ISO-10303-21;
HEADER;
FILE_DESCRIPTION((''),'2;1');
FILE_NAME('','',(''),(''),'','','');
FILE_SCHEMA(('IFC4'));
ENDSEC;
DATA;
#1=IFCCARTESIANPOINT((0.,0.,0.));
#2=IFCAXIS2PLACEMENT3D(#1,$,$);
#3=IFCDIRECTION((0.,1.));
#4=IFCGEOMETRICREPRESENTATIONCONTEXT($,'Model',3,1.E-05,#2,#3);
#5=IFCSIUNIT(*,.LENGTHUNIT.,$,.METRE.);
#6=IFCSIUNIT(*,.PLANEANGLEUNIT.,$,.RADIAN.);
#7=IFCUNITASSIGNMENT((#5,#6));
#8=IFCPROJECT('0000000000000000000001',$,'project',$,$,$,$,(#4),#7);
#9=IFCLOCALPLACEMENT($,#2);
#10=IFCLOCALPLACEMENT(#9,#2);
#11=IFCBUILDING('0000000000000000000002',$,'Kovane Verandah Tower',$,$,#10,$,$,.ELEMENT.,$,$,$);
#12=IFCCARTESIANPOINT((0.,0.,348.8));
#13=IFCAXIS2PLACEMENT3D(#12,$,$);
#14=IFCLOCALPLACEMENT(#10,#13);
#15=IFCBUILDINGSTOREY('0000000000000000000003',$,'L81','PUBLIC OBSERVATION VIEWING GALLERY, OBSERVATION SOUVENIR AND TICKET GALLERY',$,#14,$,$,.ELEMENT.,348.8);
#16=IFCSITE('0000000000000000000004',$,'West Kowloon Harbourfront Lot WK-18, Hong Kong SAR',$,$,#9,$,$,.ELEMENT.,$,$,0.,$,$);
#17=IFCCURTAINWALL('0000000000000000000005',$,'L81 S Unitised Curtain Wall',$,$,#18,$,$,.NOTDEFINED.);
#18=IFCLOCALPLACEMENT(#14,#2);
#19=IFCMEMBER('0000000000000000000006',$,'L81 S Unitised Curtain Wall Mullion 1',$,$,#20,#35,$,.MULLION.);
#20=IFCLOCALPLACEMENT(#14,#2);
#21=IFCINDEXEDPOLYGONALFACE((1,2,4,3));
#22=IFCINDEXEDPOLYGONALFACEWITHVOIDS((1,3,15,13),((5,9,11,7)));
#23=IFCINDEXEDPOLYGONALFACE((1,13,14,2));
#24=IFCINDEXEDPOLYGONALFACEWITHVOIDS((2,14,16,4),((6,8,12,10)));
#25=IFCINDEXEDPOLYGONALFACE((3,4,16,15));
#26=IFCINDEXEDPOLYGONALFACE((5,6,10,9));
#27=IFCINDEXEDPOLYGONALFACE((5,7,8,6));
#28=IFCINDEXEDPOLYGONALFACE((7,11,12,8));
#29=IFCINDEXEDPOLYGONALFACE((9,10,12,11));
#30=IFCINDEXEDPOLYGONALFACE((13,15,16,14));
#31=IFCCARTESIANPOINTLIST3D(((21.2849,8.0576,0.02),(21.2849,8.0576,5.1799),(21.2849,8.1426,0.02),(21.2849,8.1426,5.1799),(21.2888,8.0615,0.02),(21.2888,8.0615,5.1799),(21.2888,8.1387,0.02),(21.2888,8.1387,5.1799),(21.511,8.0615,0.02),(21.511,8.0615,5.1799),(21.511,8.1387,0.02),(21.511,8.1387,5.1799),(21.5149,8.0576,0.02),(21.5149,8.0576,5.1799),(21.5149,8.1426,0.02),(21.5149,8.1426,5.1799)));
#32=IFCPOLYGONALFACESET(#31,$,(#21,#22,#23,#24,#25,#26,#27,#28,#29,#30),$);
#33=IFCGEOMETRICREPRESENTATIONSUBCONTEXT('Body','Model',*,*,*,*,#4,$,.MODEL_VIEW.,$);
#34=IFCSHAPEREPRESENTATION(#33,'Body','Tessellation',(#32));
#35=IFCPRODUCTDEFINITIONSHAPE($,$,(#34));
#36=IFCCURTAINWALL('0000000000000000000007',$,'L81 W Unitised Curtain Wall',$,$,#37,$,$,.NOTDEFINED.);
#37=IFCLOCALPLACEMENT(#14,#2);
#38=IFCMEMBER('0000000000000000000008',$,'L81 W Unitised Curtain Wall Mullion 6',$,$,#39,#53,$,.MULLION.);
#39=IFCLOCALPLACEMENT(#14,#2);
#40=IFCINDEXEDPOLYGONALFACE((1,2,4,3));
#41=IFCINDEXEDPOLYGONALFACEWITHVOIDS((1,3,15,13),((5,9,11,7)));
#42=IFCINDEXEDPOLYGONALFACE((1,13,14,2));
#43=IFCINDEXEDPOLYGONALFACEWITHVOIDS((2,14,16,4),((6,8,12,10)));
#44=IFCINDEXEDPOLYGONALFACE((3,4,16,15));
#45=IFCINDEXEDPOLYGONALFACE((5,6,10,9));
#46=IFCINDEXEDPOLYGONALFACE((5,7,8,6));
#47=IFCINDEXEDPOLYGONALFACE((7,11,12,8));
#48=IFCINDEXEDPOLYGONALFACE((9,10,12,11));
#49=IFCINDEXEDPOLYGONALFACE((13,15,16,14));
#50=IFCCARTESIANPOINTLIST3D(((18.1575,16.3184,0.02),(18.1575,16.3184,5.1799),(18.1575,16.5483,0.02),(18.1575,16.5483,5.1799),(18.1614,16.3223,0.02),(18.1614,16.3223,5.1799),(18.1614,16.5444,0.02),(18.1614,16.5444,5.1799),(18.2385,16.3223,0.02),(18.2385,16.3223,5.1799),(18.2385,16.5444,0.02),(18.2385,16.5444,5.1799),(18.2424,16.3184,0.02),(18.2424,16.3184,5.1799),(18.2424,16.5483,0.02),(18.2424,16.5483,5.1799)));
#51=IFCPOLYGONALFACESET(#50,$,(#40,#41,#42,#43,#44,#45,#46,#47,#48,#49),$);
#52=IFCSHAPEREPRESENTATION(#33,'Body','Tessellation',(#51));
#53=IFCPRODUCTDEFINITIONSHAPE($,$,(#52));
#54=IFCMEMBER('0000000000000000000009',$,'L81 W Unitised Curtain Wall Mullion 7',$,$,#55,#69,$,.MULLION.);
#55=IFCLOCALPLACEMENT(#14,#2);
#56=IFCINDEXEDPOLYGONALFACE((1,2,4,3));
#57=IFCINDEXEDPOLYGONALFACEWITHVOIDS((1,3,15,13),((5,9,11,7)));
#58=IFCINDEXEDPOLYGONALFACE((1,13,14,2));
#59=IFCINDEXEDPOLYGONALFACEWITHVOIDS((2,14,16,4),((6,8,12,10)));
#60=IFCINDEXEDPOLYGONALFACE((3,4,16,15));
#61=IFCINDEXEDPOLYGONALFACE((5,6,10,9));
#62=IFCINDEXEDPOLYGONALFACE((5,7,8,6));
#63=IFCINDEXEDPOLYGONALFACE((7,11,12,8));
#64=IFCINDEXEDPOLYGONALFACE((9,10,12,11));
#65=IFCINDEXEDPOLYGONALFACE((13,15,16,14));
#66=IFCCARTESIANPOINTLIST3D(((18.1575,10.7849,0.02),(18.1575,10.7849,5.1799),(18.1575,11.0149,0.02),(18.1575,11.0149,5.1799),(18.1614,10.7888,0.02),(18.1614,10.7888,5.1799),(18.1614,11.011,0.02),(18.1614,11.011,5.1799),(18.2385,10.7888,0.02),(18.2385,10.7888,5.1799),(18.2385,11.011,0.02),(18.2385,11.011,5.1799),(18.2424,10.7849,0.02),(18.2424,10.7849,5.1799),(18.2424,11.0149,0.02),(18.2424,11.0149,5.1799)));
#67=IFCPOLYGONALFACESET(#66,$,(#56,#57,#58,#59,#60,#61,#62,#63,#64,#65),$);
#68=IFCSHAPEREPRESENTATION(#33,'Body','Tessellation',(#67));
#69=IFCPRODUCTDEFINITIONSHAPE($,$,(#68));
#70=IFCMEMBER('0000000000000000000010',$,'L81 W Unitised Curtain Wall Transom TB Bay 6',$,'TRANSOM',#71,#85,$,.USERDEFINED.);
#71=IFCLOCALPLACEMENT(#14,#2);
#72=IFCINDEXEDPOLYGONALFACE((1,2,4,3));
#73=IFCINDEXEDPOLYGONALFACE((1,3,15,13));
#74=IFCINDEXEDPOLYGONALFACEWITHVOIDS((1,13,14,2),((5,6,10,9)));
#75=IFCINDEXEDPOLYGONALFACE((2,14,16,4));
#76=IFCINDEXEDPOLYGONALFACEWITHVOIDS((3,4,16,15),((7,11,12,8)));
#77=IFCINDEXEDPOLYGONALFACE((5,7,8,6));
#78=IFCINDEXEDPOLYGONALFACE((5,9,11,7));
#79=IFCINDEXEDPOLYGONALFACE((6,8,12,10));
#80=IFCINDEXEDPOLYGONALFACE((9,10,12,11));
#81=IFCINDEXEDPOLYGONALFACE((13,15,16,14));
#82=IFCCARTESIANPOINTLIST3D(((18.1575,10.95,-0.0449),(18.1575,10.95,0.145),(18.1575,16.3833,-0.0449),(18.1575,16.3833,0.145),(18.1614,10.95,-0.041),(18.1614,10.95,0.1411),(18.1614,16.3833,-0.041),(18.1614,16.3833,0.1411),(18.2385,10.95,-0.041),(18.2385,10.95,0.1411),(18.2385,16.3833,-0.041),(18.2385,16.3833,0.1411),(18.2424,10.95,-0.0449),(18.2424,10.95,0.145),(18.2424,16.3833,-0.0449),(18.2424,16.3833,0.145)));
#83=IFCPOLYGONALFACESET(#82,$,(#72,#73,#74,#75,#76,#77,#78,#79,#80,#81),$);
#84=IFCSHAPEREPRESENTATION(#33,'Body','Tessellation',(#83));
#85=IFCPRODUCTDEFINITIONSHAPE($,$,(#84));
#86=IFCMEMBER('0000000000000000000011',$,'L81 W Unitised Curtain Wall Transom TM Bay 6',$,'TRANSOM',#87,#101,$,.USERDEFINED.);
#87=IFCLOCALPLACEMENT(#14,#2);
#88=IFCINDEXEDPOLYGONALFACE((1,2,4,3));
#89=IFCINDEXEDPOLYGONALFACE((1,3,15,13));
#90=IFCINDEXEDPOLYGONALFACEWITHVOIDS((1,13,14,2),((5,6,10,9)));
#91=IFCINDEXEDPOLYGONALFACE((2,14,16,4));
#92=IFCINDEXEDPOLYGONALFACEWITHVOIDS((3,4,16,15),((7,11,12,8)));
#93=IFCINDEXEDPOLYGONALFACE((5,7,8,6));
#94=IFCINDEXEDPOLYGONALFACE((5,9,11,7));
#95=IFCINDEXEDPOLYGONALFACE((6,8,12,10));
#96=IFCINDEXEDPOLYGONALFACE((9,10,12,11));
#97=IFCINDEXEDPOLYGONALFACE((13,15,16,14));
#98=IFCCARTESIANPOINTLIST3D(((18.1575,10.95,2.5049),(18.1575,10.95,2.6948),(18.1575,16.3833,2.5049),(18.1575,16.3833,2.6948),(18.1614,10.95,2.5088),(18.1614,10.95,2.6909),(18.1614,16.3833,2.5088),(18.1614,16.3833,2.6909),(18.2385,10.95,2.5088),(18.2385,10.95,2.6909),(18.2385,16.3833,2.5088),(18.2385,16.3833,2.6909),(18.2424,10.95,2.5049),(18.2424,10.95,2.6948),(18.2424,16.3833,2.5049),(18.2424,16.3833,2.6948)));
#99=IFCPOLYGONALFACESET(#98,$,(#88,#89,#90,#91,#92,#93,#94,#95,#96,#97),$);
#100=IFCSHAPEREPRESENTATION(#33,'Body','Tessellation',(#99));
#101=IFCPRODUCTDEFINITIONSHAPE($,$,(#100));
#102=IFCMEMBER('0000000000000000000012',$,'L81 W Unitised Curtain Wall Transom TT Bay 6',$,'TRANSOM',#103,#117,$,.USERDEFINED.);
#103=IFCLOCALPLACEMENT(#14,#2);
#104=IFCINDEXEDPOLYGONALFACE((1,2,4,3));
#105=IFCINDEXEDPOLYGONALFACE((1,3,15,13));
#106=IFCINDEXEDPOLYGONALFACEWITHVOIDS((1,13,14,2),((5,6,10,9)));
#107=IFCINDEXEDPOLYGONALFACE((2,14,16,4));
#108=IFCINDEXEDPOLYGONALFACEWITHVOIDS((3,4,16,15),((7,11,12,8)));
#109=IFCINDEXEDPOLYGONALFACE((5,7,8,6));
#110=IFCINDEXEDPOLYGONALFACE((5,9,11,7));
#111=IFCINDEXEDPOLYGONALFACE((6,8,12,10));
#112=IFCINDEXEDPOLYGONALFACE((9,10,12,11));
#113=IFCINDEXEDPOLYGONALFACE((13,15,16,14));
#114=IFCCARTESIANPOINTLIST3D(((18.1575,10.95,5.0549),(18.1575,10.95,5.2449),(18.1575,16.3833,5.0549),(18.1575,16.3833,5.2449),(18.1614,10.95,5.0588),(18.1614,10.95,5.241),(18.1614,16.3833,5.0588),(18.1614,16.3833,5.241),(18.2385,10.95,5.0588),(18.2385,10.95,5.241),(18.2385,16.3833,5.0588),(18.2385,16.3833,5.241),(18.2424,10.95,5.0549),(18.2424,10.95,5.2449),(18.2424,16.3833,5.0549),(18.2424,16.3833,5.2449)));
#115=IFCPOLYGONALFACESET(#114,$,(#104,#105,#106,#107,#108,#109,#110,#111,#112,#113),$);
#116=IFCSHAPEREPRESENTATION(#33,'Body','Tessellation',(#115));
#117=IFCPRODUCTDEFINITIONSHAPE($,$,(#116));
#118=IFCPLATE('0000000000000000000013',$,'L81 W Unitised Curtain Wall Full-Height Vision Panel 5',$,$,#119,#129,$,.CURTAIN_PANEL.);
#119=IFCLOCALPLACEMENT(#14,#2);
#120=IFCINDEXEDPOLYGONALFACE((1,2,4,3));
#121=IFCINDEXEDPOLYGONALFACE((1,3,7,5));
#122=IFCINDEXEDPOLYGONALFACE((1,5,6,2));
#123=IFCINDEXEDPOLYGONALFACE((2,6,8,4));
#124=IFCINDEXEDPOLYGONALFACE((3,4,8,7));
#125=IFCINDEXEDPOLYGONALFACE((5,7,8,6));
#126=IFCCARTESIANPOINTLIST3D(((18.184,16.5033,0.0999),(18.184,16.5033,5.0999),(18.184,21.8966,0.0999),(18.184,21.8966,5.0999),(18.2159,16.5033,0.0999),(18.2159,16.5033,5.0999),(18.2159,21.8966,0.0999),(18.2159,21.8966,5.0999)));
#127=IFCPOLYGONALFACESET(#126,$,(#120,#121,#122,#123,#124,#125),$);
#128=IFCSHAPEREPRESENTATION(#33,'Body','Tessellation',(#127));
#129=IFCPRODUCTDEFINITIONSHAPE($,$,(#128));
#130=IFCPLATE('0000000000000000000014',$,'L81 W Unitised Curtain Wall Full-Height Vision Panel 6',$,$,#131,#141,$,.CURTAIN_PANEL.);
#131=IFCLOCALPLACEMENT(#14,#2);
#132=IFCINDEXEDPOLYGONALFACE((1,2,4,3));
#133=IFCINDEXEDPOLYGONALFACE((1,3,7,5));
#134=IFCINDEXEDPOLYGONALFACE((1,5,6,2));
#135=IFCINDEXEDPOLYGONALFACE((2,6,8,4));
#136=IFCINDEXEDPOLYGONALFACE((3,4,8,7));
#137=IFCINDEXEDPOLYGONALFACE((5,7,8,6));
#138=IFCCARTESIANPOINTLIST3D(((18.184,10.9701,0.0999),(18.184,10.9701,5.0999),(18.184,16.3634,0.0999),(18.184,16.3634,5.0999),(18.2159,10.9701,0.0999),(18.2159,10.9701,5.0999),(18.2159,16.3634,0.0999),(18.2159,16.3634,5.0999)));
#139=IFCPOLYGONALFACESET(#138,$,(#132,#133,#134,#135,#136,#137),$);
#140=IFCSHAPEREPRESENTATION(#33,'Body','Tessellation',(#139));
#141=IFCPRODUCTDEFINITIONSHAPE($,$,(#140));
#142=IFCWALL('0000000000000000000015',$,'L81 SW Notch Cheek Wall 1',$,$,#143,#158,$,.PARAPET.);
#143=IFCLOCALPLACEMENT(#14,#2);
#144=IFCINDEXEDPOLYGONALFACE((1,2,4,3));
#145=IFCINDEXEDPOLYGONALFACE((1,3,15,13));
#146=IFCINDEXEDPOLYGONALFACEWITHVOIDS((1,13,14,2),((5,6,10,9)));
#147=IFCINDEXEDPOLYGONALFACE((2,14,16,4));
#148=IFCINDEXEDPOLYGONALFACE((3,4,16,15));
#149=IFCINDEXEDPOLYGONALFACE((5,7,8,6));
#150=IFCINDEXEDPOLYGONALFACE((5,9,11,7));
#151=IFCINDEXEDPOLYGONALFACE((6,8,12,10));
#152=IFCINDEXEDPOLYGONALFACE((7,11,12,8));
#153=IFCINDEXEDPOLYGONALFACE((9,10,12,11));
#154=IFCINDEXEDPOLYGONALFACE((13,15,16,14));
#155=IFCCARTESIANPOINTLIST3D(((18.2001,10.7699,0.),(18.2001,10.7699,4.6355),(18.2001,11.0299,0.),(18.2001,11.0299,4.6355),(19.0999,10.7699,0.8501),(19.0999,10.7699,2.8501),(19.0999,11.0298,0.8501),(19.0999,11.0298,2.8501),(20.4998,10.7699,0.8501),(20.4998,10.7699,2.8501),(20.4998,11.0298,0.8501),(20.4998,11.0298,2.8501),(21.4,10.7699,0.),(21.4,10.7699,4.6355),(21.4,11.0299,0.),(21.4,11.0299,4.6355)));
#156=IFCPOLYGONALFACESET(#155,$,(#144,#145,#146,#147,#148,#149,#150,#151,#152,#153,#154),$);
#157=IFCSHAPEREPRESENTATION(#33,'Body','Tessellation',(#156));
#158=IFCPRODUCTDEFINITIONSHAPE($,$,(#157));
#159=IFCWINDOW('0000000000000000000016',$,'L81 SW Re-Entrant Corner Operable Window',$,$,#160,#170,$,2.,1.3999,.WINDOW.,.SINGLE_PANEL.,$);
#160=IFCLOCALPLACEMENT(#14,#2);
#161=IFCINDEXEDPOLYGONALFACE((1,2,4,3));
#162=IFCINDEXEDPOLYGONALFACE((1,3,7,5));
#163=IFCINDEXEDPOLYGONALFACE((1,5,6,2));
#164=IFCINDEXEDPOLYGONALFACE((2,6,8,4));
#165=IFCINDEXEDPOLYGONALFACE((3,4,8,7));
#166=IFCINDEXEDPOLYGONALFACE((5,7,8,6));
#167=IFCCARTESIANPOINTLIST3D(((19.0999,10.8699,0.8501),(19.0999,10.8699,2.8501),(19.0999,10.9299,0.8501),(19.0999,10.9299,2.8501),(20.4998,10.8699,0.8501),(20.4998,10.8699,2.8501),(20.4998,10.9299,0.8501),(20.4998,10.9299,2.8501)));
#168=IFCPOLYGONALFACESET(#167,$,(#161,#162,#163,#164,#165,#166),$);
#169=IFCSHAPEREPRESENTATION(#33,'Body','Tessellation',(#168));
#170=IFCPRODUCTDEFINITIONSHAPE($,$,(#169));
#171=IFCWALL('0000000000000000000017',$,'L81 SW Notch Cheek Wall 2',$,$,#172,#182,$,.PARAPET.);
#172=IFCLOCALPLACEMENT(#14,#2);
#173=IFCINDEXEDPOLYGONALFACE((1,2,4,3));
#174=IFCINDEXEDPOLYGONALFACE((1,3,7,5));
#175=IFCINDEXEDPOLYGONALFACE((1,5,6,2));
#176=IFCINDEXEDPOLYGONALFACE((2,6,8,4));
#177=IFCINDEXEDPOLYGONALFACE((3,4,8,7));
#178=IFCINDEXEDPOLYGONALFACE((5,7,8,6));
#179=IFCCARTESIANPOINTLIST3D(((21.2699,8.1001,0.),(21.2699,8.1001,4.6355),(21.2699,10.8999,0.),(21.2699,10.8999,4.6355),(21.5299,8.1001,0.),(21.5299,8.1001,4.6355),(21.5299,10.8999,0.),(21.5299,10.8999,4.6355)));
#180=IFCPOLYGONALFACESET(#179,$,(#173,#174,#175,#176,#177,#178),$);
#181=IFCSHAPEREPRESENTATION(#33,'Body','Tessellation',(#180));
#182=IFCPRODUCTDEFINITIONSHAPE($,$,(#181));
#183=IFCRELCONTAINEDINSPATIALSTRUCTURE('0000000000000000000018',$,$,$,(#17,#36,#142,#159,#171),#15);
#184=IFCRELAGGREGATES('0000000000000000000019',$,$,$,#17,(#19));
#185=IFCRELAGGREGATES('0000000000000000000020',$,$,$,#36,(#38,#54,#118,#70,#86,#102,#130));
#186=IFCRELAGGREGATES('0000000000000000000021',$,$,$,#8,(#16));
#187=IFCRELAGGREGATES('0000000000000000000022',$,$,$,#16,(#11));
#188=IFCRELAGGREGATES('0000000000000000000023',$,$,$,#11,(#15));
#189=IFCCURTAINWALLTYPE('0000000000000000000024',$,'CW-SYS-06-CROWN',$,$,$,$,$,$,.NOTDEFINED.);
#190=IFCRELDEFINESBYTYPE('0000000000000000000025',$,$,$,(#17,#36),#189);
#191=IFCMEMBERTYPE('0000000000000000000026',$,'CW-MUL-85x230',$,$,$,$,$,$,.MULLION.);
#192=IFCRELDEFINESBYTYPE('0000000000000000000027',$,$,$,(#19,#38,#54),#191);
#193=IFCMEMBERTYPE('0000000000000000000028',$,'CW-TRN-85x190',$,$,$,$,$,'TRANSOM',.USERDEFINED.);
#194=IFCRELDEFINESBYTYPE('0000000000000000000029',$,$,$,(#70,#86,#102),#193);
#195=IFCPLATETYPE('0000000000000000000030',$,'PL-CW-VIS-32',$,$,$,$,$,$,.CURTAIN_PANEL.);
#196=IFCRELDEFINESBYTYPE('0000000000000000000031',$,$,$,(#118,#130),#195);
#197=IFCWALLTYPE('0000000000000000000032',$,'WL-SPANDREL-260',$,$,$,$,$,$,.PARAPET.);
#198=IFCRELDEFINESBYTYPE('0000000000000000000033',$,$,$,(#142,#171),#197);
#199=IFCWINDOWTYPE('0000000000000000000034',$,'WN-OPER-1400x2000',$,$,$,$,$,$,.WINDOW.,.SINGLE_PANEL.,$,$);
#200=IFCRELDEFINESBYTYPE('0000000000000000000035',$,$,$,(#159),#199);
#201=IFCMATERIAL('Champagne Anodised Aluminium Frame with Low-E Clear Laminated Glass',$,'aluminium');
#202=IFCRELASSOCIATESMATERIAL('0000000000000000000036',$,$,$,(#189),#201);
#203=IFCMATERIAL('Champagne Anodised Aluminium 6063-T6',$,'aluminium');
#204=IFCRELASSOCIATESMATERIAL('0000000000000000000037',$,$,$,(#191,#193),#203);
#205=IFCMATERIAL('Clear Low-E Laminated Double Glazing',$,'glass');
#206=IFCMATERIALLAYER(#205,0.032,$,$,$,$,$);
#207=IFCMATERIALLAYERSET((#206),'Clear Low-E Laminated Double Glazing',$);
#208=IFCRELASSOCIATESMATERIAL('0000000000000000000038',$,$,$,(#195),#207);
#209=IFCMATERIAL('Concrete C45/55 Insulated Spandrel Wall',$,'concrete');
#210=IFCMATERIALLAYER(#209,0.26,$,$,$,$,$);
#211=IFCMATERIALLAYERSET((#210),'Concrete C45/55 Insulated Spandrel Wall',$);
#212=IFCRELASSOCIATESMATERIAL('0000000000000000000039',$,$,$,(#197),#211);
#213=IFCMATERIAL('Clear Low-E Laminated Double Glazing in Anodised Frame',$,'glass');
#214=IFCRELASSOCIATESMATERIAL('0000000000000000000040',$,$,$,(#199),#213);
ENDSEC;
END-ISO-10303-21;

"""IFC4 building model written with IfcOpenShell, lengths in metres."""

from ifc_helpers import new_model, si_unit, direction, frame, frame_2d, origin, origin_2d, place, context, subcontext, project, spatial, rectangle, hollow_rectangle, extrude, material, layer, layer_set, material_profile, profile_set, type_object, element, fill, aggregate, save


model = new_model("IFC4")

# Units and contexts
model_context = context("Model", 3, precision=1e-05, world=origin(), true_north=direction((0.0, 1.0)))
body_context = subcontext(model_context, "Body", "Model", "MODEL_VIEW")
ifc_project = project(units=[si_unit("LENGTHUNIT", "METRE"), si_unit("PLANEANGLEUNIT", "RADIAN")], contexts=[model_context])

# Site, building, storey
site_placement = place(None, origin())
site = spatial("IfcSite", under=ifc_project, at=site_placement, Name="West Kowloon Harbourfront Lot WK-18, Hong Kong SAR", CompositionType="ELEMENT", RefElevation=0.0)
building_placement = place(site_placement, origin())
building = spatial("IfcBuilding", under=site, at=building_placement, Name="Kovane Verandah Tower", CompositionType="ELEMENT")
storey_placement = place(building_placement, frame((0.0, 0.0, 348.8)))
storey = spatial("IfcBuildingStorey", under=building, at=storey_placement, Name="L81", Description="PUBLIC OBSERVATION VIEWING GALLERY, OBSERVATION SOUVENIR AND TICKET GALLERY", CompositionType="ELEMENT", Elevation=348.8)

# Curtain wall, member
ifc_material_1 = material(Name="Champagne Anodised Aluminium Frame with Low-E Clear Laminated Glass", Category="aluminium")
curtain_wall_type = type_object("IfcCurtainWallType", Name="CW-SYS-06-CROWN", PredefinedType="NOTDEFINED", material=ifc_material_1)
curtain_wall_1_placement = place(storey_placement, origin())
curtain_wall_1 = element("IfcCurtainWall", 1, at=curtain_wall_1_placement, inside=storey, type_object=curtain_wall_type, Name="L81 S Unitised Curtain Wall", PredefinedType="NOTDEFINED")
ifc_material_2 = material(Name="Champagne Anodised Aluminium 6063-T6", Category="aluminium")
ifc_material_profile_1 = material_profile(ifc_material_2, hollow_rectangle(XDim=0.085, YDim=0.23, WallThickness=0.0039, at=origin_2d()), Name="AL85x230x4")
ifc_profile_set_1 = profile_set([ifc_material_profile_1], Name="Champagne Anodised Aluminium 6063-T6")
member_type_1 = type_object("IfcMemberType", Name="CW-MUL-85x230", PredefinedType="MULLION", material=ifc_profile_set_1)
member_1_placement = place(storey_placement, frame((21.3999, 8.1001, 0.02), z_axis=(0.0, 0.0, 1.0), x_axis=(0.0, -1.0, 0.0)))
member_1 = element("IfcMember", 2, at=member_1_placement, type_object=member_type_1, Name="L81 S Unitised Curtain Wall Mullion 1", PredefinedType="MULLION", context=body_context, shape_type="SweptSolid", body=[
    extrude(hollow_rectangle(XDim=0.085, YDim=0.23, WallThickness=0.0039, at=origin_2d()), origin(), (0.0, 0.0, 1.0), 5.1599),
])
aggregate(curtain_wall_1, [member_1])

# Curtain wall, members, plates
curtain_wall_2_placement = place(storey_placement, origin())
curtain_wall_2 = element("IfcCurtainWall", 3, at=curtain_wall_2_placement, inside=storey, type_object=curtain_wall_type, Name="L81 W Unitised Curtain Wall", PredefinedType="NOTDEFINED")
member_2_placement = place(storey_placement, frame((18.2, 16.4333, 0.02), z_axis=(0.0, 0.0, 1.0), x_axis=(-1.0, 0.0, 0.0)))
member_2 = element("IfcMember", 4, at=member_2_placement, type_object=member_type_1, Name="L81 W Unitised Curtain Wall Mullion 6", PredefinedType="MULLION", context=body_context, shape_type="SweptSolid", body=[
    extrude(hollow_rectangle(XDim=0.085, YDim=0.23, WallThickness=0.0039, at=origin_2d()), origin(), (0.0, 0.0, 1.0), 5.1599),
])
member_3_placement = place(storey_placement, frame((18.2, 10.8999, 0.02), z_axis=(0.0, 0.0, 1.0), x_axis=(-1.0, 0.0, 0.0)))
member_3 = element("IfcMember", 5, at=member_3_placement, type_object=member_type_1, Name="L81 W Unitised Curtain Wall Mullion 7", PredefinedType="MULLION", context=body_context, shape_type="SweptSolid", body=[
    extrude(hollow_rectangle(XDim=0.085, YDim=0.23, WallThickness=0.0039, at=origin_2d()), origin(), (0.0, 0.0, 1.0), 5.1599),
])
ifc_material_profile_2 = material_profile(ifc_material_2, hollow_rectangle(XDim=0.085, YDim=0.1899, WallThickness=0.0039, at=origin_2d()), Name="AL85x190x4")
ifc_profile_set_2 = profile_set([ifc_material_profile_2], Name="Champagne Anodised Aluminium 6063-T6")
member_type_2 = type_object("IfcMemberType", Name="CW-TRN-85x190", ElementType="TRANSOM", PredefinedType="USERDEFINED", material=ifc_profile_set_2)
member_4_placement = place(storey_placement, frame((18.2, 16.3833, 0.05), z_axis=(0.0, -1.0, 0.0), x_axis=(1.0, 0.0, 0.0)))
member_4 = element("IfcMember", 6, at=member_4_placement, type_object=member_type_2, Name="L81 W Unitised Curtain Wall Transom TB Bay 6", ObjectType="TRANSOM", PredefinedType="USERDEFINED", context=body_context, shape_type="SweptSolid", body=[
    extrude(hollow_rectangle(XDim=0.085, YDim=0.1899, WallThickness=0.0039, at=origin_2d()), origin(), (0.0, 0.0, 1.0), 5.4333),
])
member_5_placement = place(storey_placement, frame((18.2, 16.3833, 2.5999), z_axis=(0.0, -1.0, 0.0), x_axis=(1.0, 0.0, 0.0)))
member_5 = element("IfcMember", 7, at=member_5_placement, type_object=member_type_2, Name="L81 W Unitised Curtain Wall Transom TM Bay 6", ObjectType="TRANSOM", PredefinedType="USERDEFINED", context=body_context, shape_type="SweptSolid", body=[
    extrude(hollow_rectangle(XDim=0.085, YDim=0.1899, WallThickness=0.0039, at=origin_2d()), origin(), (0.0, 0.0, 1.0), 5.4333),
])
member_6_placement = place(storey_placement, frame((18.2, 16.3833, 5.1499), z_axis=(0.0, -1.0, 0.0), x_axis=(1.0, 0.0, 0.0)))
member_6 = element("IfcMember", 8, at=member_6_placement, type_object=member_type_2, Name="L81 W Unitised Curtain Wall Transom TT Bay 6", ObjectType="TRANSOM", PredefinedType="USERDEFINED", context=body_context, shape_type="SweptSolid", body=[
    extrude(hollow_rectangle(XDim=0.085, YDim=0.1899, WallThickness=0.0039, at=origin_2d()), origin(), (0.0, 0.0, 1.0), 5.4333),
])
ifc_material_3 = material(Name="Clear Low-E Laminated Double Glazing", Category="glass")
ifc_layer_1 = layer(ifc_material_3, 0.032)
ifc_layer_set_1 = layer_set([ifc_layer_1], Name="Clear Low-E Laminated Double Glazing")
plate_type = type_object("IfcPlateType", Name="PL-CW-VIS-32", PredefinedType="CURTAIN_PANEL", material=ifc_layer_set_1)
plate_1_placement = place(storey_placement, frame((18.2, 19.2, 0.0999), z_axis=(0.0, 0.0, 1.0), x_axis=(0.0, -1.0, 0.0)))
plate_1 = element("IfcPlate", 9, at=plate_1_placement, type_object=plate_type, Name="L81 W Unitised Curtain Wall Full-Height Vision Panel 5", PredefinedType="CURTAIN_PANEL", context=body_context, shape_type="SweptSolid", body=[
    extrude(rectangle(XDim=5.3933, YDim=0.032, at=origin_2d()), origin(), (0.0, 0.0, 1.0), 5.0),
])
plate_2_placement = place(storey_placement, frame((18.2, 13.6667, 0.0999), z_axis=(0.0, 0.0, 1.0), x_axis=(0.0, -1.0, 0.0)))
plate_2 = element("IfcPlate", 10, at=plate_2_placement, type_object=plate_type, Name="L81 W Unitised Curtain Wall Full-Height Vision Panel 6", PredefinedType="CURTAIN_PANEL", context=body_context, shape_type="SweptSolid", body=[
    extrude(rectangle(XDim=5.3933, YDim=0.032, at=origin_2d()), origin(), (0.0, 0.0, 1.0), 5.0),
])
aggregate(curtain_wall_2, [member_2, member_3, plate_1, member_4, member_5, member_6, plate_2])

# Wall, opening, window
ifc_material_4 = material(Name="Concrete C45/55 Insulated Spandrel Wall", Category="concrete")
ifc_layer_2 = layer(ifc_material_4, 0.26)
ifc_layer_set_2 = layer_set([ifc_layer_2], Name="Concrete C45/55 Insulated Spandrel Wall")
wall_type = type_object("IfcWallType", Name="WL-SPANDREL-260", PredefinedType="PARAPET", material=ifc_layer_set_2)
wall_1_placement = place(storey_placement, frame((18.2, 10.8999, 0.0), z_axis=(0.0, 0.0, 1.0), x_axis=(1.0, 0.0, 0.0)))
wall_1 = element("IfcWall", 11, at=wall_1_placement, inside=storey, type_object=wall_type, Name="L81 SW Notch Cheek Wall 1", PredefinedType="PARAPET", context=body_context, shape_type="SweptSolid", body=[
    extrude(rectangle(XDim=3.2, YDim=0.26, at=frame_2d((1.6001, 0.0))), origin(), (0.0, 0.0, 1.0), 4.6355),
])
opening_placement = place(wall_1_placement, frame((0.8999, 0.0, 0.8501)))
opening = element("IfcOpeningElement", 12, at=opening_placement, cuts=wall_1, PredefinedType="OPENING", context=body_context, shape_type="SweptSolid", body=[
    extrude(rectangle(XDim=1.3999, YDim=2.0, at=frame_2d((0.7, 1.0))), frame((0.0, 0.1299, 0.0), z_axis=(0.0, -1.0, 0.0), x_axis=(1.0, 0.0, 0.0)), (0.0, 0.0, 1.0), 0.26),
])
ifc_material_5 = material(Name="Clear Low-E Laminated Double Glazing in Anodised Frame", Category="glass")
window_type = type_object("IfcWindowType", Name="WN-OPER-1400x2000", PartitioningType="SINGLE_PANEL", PredefinedType="WINDOW", material=ifc_material_5)
window_placement = place(opening_placement, origin())
window = element("IfcWindow", 13, at=window_placement, inside=storey, type_object=window_type, Name="L81 SW Re-Entrant Corner Operable Window", OverallHeight=2.0, OverallWidth=1.3999, PartitioningType="SINGLE_PANEL", PredefinedType="WINDOW", context=body_context, shape_type="SweptSolid", body=[
    extrude(rectangle(XDim=1.3999, YDim=2.0, at=frame_2d((0.7, 1.0))), frame((0.0, 0.03, 0.0), z_axis=(0.0, -1.0, 0.0), x_axis=(1.0, 0.0, 0.0)), (0.0, 0.0, 1.0), 0.0601),
])
fill(opening, window)

# Wall
wall_2_placement = place(storey_placement, frame((21.3999, 10.8999, 0.0), z_axis=(0.0, 0.0, 1.0), x_axis=(0.0, -1.0, 0.0)))
element("IfcWall", 14, at=wall_2_placement, inside=storey, type_object=wall_type, Name="L81 SW Notch Cheek Wall 2", PredefinedType="PARAPET", context=body_context, shape_type="SweptSolid", body=[
    extrude(rectangle(XDim=2.7998, YDim=0.26, at=frame_2d((1.3999, 0.0))), origin(), (0.0, 0.0, 1.0), 4.6355),
])

save(model, "model.ifc")
